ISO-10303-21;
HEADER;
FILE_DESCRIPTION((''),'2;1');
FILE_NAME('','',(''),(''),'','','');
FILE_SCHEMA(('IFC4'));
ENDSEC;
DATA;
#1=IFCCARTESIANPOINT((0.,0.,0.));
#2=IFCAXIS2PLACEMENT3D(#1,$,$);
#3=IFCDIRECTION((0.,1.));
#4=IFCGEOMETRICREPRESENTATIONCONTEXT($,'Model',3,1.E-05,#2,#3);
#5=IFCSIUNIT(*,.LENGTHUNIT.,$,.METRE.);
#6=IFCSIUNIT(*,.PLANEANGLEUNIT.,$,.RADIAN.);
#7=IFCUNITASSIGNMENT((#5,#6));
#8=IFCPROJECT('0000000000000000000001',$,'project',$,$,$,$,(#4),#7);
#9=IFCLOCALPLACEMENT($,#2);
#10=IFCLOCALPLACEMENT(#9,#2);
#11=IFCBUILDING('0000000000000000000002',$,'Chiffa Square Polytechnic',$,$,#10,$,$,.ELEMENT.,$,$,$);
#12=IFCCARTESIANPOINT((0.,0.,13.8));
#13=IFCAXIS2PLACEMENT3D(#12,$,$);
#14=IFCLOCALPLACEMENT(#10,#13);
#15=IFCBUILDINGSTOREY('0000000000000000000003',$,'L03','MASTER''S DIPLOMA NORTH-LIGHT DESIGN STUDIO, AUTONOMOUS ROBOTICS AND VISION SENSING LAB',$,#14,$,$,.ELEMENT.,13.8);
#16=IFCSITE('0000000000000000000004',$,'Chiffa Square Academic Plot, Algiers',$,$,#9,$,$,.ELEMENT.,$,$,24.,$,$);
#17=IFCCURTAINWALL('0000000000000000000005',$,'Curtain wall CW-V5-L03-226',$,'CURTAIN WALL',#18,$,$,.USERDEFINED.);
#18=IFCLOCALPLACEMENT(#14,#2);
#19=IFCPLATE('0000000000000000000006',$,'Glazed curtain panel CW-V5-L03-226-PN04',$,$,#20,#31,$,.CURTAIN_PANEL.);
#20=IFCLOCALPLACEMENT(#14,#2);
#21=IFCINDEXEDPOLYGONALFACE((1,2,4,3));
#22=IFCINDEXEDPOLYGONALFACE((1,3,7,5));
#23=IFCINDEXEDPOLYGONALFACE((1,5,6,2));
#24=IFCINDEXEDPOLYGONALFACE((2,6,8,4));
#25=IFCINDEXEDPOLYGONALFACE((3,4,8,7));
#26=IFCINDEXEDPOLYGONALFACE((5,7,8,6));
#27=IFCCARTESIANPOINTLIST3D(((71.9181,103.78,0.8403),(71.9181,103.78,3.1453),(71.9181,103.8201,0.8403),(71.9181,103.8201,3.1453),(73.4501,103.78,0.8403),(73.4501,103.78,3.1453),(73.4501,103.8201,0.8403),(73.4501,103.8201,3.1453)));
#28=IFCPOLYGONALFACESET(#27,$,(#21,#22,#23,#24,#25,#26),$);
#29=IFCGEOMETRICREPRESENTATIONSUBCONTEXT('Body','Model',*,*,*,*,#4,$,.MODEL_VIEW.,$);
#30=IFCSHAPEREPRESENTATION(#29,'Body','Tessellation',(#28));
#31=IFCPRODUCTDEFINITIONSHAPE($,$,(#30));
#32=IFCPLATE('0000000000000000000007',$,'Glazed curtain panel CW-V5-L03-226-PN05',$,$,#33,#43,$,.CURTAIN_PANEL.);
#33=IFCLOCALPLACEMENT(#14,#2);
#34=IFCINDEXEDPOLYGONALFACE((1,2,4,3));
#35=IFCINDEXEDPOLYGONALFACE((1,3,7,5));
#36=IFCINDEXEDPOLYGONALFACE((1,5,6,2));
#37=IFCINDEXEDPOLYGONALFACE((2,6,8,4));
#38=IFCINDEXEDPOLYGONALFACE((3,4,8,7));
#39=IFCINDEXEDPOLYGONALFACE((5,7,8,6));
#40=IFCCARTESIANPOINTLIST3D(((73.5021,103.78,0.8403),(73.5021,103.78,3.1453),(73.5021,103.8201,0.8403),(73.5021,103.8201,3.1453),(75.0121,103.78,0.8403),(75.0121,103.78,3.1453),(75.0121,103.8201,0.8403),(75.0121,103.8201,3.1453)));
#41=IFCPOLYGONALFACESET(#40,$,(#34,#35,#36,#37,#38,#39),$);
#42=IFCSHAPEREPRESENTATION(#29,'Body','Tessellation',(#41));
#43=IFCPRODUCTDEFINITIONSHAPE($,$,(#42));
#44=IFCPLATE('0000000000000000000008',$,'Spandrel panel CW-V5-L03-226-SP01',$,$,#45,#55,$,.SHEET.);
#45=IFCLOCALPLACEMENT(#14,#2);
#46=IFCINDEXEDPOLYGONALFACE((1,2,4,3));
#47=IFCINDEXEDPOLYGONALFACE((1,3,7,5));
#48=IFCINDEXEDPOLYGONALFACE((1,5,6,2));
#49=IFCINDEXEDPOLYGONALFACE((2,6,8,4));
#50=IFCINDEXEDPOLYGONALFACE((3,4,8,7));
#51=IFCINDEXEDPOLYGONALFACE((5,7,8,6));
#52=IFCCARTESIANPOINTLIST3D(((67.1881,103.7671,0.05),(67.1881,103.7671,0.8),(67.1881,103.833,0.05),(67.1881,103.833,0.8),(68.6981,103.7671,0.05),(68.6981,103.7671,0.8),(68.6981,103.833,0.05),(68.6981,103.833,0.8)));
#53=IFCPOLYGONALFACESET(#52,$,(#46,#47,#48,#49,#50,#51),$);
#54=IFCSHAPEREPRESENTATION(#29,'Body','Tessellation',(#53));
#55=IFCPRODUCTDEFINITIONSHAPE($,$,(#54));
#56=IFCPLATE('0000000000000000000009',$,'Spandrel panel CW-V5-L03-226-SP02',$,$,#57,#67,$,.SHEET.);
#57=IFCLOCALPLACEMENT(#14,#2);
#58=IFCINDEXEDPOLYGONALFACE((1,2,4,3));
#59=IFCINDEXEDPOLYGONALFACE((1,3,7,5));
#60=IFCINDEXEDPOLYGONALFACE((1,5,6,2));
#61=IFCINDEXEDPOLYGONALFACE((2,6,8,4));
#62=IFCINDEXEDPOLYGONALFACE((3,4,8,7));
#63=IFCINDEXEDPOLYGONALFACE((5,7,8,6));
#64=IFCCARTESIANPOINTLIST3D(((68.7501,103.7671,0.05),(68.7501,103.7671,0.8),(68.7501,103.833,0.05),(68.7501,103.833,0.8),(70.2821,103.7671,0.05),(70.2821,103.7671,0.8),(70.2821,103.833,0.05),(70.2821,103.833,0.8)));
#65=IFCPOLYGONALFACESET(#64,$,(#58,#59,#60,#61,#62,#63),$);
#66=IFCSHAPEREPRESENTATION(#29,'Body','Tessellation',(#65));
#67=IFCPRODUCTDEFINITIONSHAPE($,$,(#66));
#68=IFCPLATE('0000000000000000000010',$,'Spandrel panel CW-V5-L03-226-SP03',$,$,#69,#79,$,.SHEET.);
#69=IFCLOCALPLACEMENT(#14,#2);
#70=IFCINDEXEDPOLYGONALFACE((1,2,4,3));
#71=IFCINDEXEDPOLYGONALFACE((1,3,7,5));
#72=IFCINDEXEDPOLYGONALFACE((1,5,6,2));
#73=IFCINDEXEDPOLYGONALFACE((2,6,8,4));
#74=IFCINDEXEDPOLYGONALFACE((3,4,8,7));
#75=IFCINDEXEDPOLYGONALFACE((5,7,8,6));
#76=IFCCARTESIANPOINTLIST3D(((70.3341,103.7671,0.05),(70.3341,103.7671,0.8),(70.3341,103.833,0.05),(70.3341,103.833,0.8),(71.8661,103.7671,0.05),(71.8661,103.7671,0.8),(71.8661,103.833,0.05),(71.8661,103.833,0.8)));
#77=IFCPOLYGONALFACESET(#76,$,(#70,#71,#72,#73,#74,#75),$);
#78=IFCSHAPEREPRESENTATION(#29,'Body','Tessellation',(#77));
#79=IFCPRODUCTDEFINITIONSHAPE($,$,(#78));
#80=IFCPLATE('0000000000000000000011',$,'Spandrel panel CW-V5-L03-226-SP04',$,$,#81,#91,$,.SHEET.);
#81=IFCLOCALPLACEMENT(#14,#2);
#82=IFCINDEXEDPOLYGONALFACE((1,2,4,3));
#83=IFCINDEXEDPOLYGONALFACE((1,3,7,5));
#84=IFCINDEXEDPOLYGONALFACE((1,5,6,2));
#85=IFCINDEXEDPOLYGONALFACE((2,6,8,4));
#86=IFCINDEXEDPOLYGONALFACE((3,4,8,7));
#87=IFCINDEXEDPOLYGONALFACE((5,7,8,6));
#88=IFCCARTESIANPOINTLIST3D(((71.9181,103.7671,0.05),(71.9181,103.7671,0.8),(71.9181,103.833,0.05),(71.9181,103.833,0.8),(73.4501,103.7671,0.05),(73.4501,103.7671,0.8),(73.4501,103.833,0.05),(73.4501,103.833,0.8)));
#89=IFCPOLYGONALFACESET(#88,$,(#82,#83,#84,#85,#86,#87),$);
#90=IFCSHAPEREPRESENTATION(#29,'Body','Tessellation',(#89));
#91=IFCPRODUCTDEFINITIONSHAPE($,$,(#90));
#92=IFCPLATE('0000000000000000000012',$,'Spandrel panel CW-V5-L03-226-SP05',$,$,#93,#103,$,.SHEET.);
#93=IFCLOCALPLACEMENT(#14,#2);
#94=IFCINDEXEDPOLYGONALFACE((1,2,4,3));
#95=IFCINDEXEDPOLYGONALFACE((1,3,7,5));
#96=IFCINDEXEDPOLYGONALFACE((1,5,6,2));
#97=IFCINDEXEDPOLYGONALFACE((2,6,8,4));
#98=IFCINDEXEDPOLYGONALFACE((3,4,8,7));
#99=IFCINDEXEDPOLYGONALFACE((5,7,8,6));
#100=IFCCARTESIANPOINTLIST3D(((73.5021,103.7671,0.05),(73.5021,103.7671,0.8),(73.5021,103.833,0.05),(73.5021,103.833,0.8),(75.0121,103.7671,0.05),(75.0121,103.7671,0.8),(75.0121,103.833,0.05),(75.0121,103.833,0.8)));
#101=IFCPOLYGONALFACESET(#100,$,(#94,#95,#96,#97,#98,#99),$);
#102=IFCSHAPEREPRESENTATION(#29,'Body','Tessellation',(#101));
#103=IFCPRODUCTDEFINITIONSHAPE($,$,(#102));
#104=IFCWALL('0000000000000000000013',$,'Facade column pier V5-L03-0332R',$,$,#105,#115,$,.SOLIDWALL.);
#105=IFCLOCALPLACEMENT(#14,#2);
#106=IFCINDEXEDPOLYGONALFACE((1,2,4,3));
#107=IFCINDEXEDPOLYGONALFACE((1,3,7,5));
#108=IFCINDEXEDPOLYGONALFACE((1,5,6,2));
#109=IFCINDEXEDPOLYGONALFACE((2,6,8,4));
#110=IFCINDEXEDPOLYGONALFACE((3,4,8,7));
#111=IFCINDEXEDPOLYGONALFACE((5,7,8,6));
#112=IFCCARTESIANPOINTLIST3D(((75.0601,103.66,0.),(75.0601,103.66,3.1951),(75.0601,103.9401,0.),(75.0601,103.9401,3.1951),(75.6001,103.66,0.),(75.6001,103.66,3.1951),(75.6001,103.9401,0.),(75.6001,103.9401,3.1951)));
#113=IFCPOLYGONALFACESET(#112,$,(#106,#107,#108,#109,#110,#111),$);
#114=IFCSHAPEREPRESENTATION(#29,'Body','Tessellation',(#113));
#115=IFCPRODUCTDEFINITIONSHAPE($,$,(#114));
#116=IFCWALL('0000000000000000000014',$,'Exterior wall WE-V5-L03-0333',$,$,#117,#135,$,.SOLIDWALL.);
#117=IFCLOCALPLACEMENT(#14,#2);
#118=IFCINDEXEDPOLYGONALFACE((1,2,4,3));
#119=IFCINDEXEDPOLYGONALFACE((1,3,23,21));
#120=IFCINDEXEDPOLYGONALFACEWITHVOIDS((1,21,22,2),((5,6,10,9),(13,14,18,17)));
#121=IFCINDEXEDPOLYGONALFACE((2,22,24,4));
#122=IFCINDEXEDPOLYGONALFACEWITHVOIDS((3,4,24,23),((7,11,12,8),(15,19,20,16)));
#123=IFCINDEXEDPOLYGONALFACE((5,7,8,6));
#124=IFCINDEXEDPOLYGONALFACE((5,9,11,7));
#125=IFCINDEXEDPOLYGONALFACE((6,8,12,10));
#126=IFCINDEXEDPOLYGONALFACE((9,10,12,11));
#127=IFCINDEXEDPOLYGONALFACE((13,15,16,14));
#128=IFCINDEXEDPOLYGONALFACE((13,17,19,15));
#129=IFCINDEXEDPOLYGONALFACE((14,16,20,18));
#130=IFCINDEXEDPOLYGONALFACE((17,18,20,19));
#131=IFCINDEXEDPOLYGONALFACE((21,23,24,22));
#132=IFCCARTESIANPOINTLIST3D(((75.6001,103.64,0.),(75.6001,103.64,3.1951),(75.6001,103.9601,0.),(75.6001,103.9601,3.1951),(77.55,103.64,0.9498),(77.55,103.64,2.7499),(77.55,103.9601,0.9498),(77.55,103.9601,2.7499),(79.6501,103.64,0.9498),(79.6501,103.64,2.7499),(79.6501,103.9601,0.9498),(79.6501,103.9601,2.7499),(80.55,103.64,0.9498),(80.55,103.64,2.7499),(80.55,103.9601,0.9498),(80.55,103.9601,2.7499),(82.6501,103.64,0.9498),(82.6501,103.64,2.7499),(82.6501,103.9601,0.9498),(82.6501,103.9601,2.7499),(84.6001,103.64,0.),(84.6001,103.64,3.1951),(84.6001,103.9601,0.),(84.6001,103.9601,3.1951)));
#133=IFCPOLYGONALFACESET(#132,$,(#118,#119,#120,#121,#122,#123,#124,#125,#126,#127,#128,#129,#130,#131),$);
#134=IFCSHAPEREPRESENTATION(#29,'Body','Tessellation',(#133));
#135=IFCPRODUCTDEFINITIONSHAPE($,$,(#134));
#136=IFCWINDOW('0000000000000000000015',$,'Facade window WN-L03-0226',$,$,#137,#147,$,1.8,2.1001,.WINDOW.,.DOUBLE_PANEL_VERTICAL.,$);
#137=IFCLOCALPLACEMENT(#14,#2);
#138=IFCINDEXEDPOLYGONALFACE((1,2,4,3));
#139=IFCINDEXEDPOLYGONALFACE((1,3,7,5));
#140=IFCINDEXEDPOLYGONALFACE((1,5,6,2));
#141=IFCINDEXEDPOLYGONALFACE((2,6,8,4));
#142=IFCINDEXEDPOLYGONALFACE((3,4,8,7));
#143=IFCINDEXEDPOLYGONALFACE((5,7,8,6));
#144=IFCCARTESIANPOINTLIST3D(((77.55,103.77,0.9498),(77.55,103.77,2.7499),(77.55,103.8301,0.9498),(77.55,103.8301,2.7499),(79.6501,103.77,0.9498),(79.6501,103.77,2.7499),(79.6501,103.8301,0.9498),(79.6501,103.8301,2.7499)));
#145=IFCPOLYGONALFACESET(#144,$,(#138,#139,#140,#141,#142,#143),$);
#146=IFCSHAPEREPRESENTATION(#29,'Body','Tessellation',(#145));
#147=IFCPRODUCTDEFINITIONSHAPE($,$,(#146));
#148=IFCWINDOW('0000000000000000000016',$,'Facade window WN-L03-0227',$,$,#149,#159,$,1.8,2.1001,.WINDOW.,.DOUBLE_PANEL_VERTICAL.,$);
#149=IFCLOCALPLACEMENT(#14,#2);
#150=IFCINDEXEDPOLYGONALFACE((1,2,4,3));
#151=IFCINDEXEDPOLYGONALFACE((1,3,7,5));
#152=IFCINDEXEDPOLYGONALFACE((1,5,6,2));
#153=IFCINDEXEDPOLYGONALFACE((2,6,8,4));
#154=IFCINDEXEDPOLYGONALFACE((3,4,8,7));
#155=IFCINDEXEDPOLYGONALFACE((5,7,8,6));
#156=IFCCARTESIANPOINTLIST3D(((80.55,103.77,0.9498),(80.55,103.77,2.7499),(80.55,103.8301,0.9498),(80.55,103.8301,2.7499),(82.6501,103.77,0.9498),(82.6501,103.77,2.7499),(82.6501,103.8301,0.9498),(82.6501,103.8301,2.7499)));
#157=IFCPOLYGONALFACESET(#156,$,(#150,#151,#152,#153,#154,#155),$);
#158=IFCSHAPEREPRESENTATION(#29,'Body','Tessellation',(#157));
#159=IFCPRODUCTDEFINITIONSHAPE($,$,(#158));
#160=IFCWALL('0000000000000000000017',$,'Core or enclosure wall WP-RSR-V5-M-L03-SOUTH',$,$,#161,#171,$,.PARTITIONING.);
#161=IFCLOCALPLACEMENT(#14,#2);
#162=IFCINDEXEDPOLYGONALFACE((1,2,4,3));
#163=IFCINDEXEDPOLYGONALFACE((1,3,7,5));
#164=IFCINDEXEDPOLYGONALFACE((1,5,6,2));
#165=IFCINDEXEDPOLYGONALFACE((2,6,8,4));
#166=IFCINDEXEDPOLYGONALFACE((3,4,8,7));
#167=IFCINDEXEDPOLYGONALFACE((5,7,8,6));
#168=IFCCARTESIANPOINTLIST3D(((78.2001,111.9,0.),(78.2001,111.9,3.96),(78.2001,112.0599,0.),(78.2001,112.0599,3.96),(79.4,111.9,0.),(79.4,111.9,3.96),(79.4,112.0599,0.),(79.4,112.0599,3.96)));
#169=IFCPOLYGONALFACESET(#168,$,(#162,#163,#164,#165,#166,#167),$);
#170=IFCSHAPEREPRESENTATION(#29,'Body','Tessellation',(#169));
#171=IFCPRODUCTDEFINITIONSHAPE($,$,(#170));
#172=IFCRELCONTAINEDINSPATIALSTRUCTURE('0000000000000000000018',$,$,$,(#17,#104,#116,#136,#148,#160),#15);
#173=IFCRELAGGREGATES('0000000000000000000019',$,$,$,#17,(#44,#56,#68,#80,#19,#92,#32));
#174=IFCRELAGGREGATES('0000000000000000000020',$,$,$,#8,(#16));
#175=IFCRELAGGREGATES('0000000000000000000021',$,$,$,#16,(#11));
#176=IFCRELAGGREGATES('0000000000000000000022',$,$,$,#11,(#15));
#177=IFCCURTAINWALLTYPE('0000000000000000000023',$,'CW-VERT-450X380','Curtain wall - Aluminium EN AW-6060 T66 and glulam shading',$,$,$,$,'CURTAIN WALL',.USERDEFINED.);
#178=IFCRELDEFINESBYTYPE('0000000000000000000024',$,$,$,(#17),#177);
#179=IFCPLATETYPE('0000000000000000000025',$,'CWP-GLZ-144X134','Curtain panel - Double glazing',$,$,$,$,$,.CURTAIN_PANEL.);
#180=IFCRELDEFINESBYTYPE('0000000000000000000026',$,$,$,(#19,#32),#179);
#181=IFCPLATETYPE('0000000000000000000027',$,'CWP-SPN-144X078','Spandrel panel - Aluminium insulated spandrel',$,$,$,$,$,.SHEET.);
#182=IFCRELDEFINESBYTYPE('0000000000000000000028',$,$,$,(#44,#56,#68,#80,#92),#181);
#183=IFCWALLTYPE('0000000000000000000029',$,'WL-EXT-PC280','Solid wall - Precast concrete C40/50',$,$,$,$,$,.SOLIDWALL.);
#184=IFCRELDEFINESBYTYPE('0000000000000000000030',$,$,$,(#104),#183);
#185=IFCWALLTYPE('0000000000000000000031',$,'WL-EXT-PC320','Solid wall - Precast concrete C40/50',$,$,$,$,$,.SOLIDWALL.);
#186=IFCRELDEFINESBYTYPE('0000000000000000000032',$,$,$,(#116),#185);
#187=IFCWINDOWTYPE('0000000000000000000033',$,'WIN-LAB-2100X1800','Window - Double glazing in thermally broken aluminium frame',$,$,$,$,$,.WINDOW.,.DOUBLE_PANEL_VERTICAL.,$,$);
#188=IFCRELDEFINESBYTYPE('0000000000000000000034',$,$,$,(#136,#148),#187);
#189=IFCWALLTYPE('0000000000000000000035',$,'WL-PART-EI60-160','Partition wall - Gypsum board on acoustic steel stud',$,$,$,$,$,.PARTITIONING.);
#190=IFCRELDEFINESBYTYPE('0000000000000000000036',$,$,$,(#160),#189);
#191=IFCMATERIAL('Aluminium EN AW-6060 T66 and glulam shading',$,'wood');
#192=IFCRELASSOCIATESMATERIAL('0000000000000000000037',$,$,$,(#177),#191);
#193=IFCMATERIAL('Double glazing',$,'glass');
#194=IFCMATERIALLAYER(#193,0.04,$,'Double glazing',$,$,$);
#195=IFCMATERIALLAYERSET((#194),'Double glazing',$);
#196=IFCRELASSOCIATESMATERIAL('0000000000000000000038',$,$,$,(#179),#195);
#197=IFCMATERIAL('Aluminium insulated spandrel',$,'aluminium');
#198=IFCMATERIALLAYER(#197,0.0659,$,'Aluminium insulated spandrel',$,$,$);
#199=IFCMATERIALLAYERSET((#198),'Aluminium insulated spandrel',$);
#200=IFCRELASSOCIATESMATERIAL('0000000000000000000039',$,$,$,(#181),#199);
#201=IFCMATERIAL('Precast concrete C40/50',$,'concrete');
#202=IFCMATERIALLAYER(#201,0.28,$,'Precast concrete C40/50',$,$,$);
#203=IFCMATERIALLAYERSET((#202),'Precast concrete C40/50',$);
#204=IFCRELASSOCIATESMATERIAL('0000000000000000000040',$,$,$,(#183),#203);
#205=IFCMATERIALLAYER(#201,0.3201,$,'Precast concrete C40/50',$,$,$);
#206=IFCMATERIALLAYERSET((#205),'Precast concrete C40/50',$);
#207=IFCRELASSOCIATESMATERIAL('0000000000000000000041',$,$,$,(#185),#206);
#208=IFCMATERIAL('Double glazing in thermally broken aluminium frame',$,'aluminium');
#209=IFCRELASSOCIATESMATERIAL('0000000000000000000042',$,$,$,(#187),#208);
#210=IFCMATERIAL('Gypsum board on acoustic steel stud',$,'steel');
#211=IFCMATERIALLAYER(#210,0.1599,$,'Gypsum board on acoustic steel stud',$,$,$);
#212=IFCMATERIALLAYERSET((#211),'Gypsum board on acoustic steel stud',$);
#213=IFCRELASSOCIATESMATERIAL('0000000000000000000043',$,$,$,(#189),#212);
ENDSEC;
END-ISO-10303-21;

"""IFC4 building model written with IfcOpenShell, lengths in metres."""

from ifc_helpers import new_model, si_unit, direction, frame, frame_2d, origin, origin_2d, place, context, subcontext, project, spatial, rectangle, extrude, material, layer, layer_set, type_object, element, fill, aggregate, save


model = new_model("IFC4")

# Units and contexts
model_context = context("Model", 3, precision=1e-05, world=origin(), true_north=direction((0.0, 1.0)))
body_context = subcontext(model_context, "Body", "Model", "MODEL_VIEW")
ifc_project = project(units=[si_unit("LENGTHUNIT", "METRE"), si_unit("PLANEANGLEUNIT", "RADIAN")], contexts=[model_context])

# Site, building, storey
site_placement = place(None, origin())
site = spatial("IfcSite", under=ifc_project, at=site_placement, Name="Chiffa Square Academic Plot, Algiers", CompositionType="ELEMENT", RefElevation=24.0)
building_placement = place(site_placement, origin())
building = spatial("IfcBuilding", under=site, at=building_placement, Name="Chiffa Square Polytechnic", CompositionType="ELEMENT")
storey_placement = place(building_placement, frame((0.0, 0.0, 13.8)))
storey = spatial("IfcBuildingStorey", under=building, at=storey_placement, Name="L03", Description="MASTER'S DIPLOMA NORTH-LIGHT DESIGN STUDIO, AUTONOMOUS ROBOTICS AND VISION SENSING LAB", CompositionType="ELEMENT", Elevation=13.8)

# Curtain wall
ifc_material_1 = material(Name="Aluminium EN AW-6060 T66 and glulam shading", Category="wood")
curtain_wall_type = type_object("IfcCurtainWallType", Name="CW-VERT-450X380", Description="Curtain wall - Aluminium EN AW-6060 T66 and glulam shading", ElementType="CURTAIN WALL", PredefinedType="USERDEFINED", material=ifc_material_1)
curtain_wall_placement = place(storey_placement, origin())
curtain_wall = element("IfcCurtainWall", 1, at=curtain_wall_placement, inside=storey, type_object=curtain_wall_type, Name="Curtain wall CW-V5-L03-226", ObjectType="CURTAIN WALL", PredefinedType="USERDEFINED")

# Plates
ifc_material_2 = material(Name="Double glazing", Category="glass")
ifc_layer_1 = layer(ifc_material_2, 0.04, Name="Double glazing")
ifc_layer_set_1 = layer_set([ifc_layer_1], Name="Double glazing")
plate_type_1 = type_object("IfcPlateType", Name="CWP-GLZ-144X134", Description="Curtain panel - Double glazing", PredefinedType="CURTAIN_PANEL", material=ifc_layer_set_1)
plate_1_placement = place(storey_placement, frame((72.6841, 103.8, 0.8403), z_axis=(0.0, 0.0, 1.0), x_axis=(1.0, 0.0, 0.0)))
plate_1 = element("IfcPlate", 2, at=plate_1_placement, type_object=plate_type_1, Name="Glazed curtain panel CW-V5-L03-226-PN04", PredefinedType="CURTAIN_PANEL", context=body_context, shape_type="SweptSolid", body=[
    extrude(rectangle(XDim=1.532, YDim=0.04, at=origin_2d()), origin(), (0.0, 0.0, 1.0), 2.3049),
])
plate_2_placement = place(storey_placement, frame((74.2571, 103.8, 0.8403), z_axis=(0.0, 0.0, 1.0), x_axis=(1.0, 0.0, 0.0)))
plate_2 = element("IfcPlate", 3, at=plate_2_placement, type_object=plate_type_1, Name="Glazed curtain panel CW-V5-L03-226-PN05", PredefinedType="CURTAIN_PANEL", context=body_context, shape_type="SweptSolid", body=[
    extrude(rectangle(XDim=1.51, YDim=0.04, at=origin_2d()), origin(), (0.0, 0.0, 1.0), 2.3049),
])
ifc_material_3 = material(Name="Aluminium insulated spandrel", Category="aluminium")
ifc_layer_2 = layer(ifc_material_3, 0.0659, Name="Aluminium insulated spandrel")
ifc_layer_set_2 = layer_set([ifc_layer_2], Name="Aluminium insulated spandrel")
plate_type_2 = type_object("IfcPlateType", Name="CWP-SPN-144X078", Description="Spandrel panel - Aluminium insulated spandrel", PredefinedType="SHEET", material=ifc_layer_set_2)
plate_3_placement = place(storey_placement, frame((67.9431, 103.8, 0.05), z_axis=(0.0, 0.0, 1.0), x_axis=(1.0, 0.0, 0.0)))
plate_3 = element("IfcPlate", 4, at=plate_3_placement, type_object=plate_type_2, Name="Spandrel panel CW-V5-L03-226-SP01", PredefinedType="SHEET", context=body_context, shape_type="SweptSolid", body=[
    extrude(rectangle(XDim=1.51, YDim=0.0659, at=origin_2d()), origin(), (0.0, 0.0, 1.0), 0.75),
])
plate_4_placement = place(storey_placement, frame((69.5161, 103.8, 0.05), z_axis=(0.0, 0.0, 1.0), x_axis=(1.0, 0.0, 0.0)))
plate_4 = element("IfcPlate", 5, at=plate_4_placement, type_object=plate_type_2, Name="Spandrel panel CW-V5-L03-226-SP02", PredefinedType="SHEET", context=body_context, shape_type="SweptSolid", body=[
    extrude(rectangle(XDim=1.532, YDim=0.0659, at=origin_2d()), origin(), (0.0, 0.0, 1.0), 0.75),
])
plate_5_placement = place(storey_placement, frame((71.1001, 103.8, 0.05), z_axis=(0.0, 0.0, 1.0), x_axis=(1.0, 0.0, 0.0)))
plate_5 = element("IfcPlate", 6, at=plate_5_placement, type_object=plate_type_2, Name="Spandrel panel CW-V5-L03-226-SP03", PredefinedType="SHEET", context=body_context, shape_type="SweptSolid", body=[
    extrude(rectangle(XDim=1.532, YDim=0.0659, at=origin_2d()), origin(), (0.0, 0.0, 1.0), 0.75),
])
plate_6_placement = place(storey_placement, frame((72.6841, 103.8, 0.05), z_axis=(0.0, 0.0, 1.0), x_axis=(1.0, 0.0, 0.0)))
plate_6 = element("IfcPlate", 7, at=plate_6_placement, type_object=plate_type_2, Name="Spandrel panel CW-V5-L03-226-SP04", PredefinedType="SHEET", context=body_context, shape_type="SweptSolid", body=[
    extrude(rectangle(XDim=1.532, YDim=0.0659, at=origin_2d()), origin(), (0.0, 0.0, 1.0), 0.75),
])
plate_7_placement = place(storey_placement, frame((74.2571, 103.8, 0.05), z_axis=(0.0, 0.0, 1.0), x_axis=(1.0, 0.0, 0.0)))
plate_7 = element("IfcPlate", 8, at=plate_7_placement, type_object=plate_type_2, Name="Spandrel panel CW-V5-L03-226-SP05", PredefinedType="SHEET", context=body_context, shape_type="SweptSolid", body=[
    extrude(rectangle(XDim=1.51, YDim=0.0659, at=origin_2d()), origin(), (0.0, 0.0, 1.0), 0.75),
])
aggregate(curtain_wall, [plate_3, plate_4, plate_5, plate_6, plate_1, plate_7, plate_2])

# Wall
ifc_material_4 = material(Name="Precast concrete C40/50", Category="concrete")
ifc_layer_3 = layer(ifc_material_4, 0.28, Name="Precast concrete C40/50")
ifc_layer_set_3 = layer_set([ifc_layer_3], Name="Precast concrete C40/50")
wall_type_1 = type_object("IfcWallType", Name="WL-EXT-PC280", Description="Solid wall - Precast concrete C40/50", PredefinedType="SOLIDWALL", material=ifc_layer_set_3)
wall_1_placement = place(storey_placement, frame((75.0601, 103.8, 0.0), z_axis=(0.0, 0.0, 1.0), x_axis=(1.0, 0.0, 0.0)))
element("IfcWall", 9, at=wall_1_placement, inside=storey, type_object=wall_type_1, Name="Facade column pier V5-L03-0332R", PredefinedType="SOLIDWALL", context=body_context, shape_type="SweptSolid", body=[
    extrude(rectangle(XDim=0.54, YDim=0.28, at=frame_2d((0.27, 0.0))), origin(), (0.0, 0.0, 1.0), 3.1951),
])

# Wall, openings, windows
ifc_layer_4 = layer(ifc_material_4, 0.3201, Name="Precast concrete C40/50")
ifc_layer_set_4 = layer_set([ifc_layer_4], Name="Precast concrete C40/50")
wall_type_2 = type_object("IfcWallType", Name="WL-EXT-PC320", Description="Solid wall - Precast concrete C40/50", PredefinedType="SOLIDWALL", material=ifc_layer_set_4)
wall_2_placement = place(storey_placement, frame((75.6001, 103.8, 0.0), z_axis=(0.0, 0.0, 1.0), x_axis=(1.0, 0.0, 0.0)))
wall_2 = element("IfcWall", 10, at=wall_2_placement, inside=storey, type_object=wall_type_2, Name="Exterior wall WE-V5-L03-0333", PredefinedType="SOLIDWALL", context=body_context, shape_type="SweptSolid", body=[
    extrude(rectangle(XDim=9.0, YDim=0.3201, at=frame_2d((4.5, 0.0))), origin(), (0.0, 0.0, 1.0), 3.1951),
])
opening_1_placement = place(wall_2_placement, frame((1.95, 0.0, 0.95)))
opening_1 = element("IfcOpeningElement", 11, at=opening_1_placement, cuts=wall_2, PredefinedType="OPENING", context=body_context, shape_type="SweptSolid", body=[
    extrude(rectangle(XDim=2.1001, YDim=1.8, at=frame_2d((1.05, 0.8999))), frame((0.0, 0.1699, 0.0), z_axis=(0.0, -1.0, 0.0), x_axis=(1.0, 0.0, 0.0)), (0.0, 0.0, 1.0), 0.3401),
])
opening_2_placement = place(wall_2_placement, frame((4.95, 0.0, 0.95)))
opening_2 = element("IfcOpeningElement", 12, at=opening_2_placement, cuts=wall_2, PredefinedType="OPENING", context=body_context, shape_type="SweptSolid", body=[
    extrude(rectangle(XDim=2.1001, YDim=1.8, at=frame_2d((1.05, 0.8999))), frame((0.0, 0.1699, 0.0), z_axis=(0.0, -1.0, 0.0), x_axis=(1.0, 0.0, 0.0)), (0.0, 0.0, 1.0), 0.3401),
])
ifc_material_5 = material(Name="Double glazing in thermally broken aluminium frame", Category="aluminium")
window_type = type_object("IfcWindowType", Name="WIN-LAB-2100X1800", Description="Window - Double glazing in thermally broken aluminium frame", PartitioningType="DOUBLE_PANEL_VERTICAL", PredefinedType="WINDOW", material=ifc_material_5)
window_1_placement = place(opening_1_placement, origin())
window_1 = element("IfcWindow", 13, at=window_1_placement, inside=storey, type_object=window_type, Name="Facade window WN-L03-0226", OverallHeight=1.8, OverallWidth=2.1001, PartitioningType="DOUBLE_PANEL_VERTICAL", PredefinedType="WINDOW", context=body_context, shape_type="SweptSolid", body=[
    extrude(rectangle(XDim=2.1001, YDim=1.8, at=frame_2d((1.05, 0.8999))), frame((0.0, 0.03, 0.0), z_axis=(0.0, -1.0, 0.0), x_axis=(1.0, 0.0, 0.0)), (0.0, 0.0, 1.0), 0.0601),
])
fill(opening_1, window_1)
window_2_placement = place(opening_2_placement, origin())
window_2 = element("IfcWindow", 14, at=window_2_placement, inside=storey, type_object=window_type, Name="Facade window WN-L03-0227", OverallHeight=1.8, OverallWidth=2.1001, PartitioningType="DOUBLE_PANEL_VERTICAL", PredefinedType="WINDOW", context=body_context, shape_type="SweptSolid", body=[
    extrude(rectangle(XDim=2.1001, YDim=1.8, at=frame_2d((1.05, 0.8999))), frame((0.0, 0.03, 0.0), z_axis=(0.0, -1.0, 0.0), x_axis=(1.0, 0.0, 0.0)), (0.0, 0.0, 1.0), 0.0601),
])
fill(opening_2, window_2)

# Wall
ifc_material_6 = material(Name="Gypsum board on acoustic steel stud", Category="steel")
ifc_layer_5 = layer(ifc_material_6, 0.1599, Name="Gypsum board on acoustic steel stud")
ifc_layer_set_5 = layer_set([ifc_layer_5], Name="Gypsum board on acoustic steel stud")
wall_type_3 = type_object("IfcWallType", Name="WL-PART-EI60-160", Description="Partition wall - Gypsum board on acoustic steel stud", PredefinedType="PARTITIONING", material=ifc_layer_set_5)
wall_3_placement = place(storey_placement, frame((78.2, 111.98, 0.0), z_axis=(0.0, 0.0, 1.0), x_axis=(1.0, 0.0, 0.0)))
element("IfcWall", 15, at=wall_3_placement, inside=storey, type_object=wall_type_3, Name="Core or enclosure wall WP-RSR-V5-M-L03-SOUTH", PredefinedType="PARTITIONING", context=body_context, shape_type="SweptSolid", body=[
    extrude(rectangle(XDim=1.2, YDim=0.1599, at=frame_2d((0.6001, 0.0))), origin(), (0.0, 0.0, 1.0), 3.96),
])

save(model, "model.ifc")
